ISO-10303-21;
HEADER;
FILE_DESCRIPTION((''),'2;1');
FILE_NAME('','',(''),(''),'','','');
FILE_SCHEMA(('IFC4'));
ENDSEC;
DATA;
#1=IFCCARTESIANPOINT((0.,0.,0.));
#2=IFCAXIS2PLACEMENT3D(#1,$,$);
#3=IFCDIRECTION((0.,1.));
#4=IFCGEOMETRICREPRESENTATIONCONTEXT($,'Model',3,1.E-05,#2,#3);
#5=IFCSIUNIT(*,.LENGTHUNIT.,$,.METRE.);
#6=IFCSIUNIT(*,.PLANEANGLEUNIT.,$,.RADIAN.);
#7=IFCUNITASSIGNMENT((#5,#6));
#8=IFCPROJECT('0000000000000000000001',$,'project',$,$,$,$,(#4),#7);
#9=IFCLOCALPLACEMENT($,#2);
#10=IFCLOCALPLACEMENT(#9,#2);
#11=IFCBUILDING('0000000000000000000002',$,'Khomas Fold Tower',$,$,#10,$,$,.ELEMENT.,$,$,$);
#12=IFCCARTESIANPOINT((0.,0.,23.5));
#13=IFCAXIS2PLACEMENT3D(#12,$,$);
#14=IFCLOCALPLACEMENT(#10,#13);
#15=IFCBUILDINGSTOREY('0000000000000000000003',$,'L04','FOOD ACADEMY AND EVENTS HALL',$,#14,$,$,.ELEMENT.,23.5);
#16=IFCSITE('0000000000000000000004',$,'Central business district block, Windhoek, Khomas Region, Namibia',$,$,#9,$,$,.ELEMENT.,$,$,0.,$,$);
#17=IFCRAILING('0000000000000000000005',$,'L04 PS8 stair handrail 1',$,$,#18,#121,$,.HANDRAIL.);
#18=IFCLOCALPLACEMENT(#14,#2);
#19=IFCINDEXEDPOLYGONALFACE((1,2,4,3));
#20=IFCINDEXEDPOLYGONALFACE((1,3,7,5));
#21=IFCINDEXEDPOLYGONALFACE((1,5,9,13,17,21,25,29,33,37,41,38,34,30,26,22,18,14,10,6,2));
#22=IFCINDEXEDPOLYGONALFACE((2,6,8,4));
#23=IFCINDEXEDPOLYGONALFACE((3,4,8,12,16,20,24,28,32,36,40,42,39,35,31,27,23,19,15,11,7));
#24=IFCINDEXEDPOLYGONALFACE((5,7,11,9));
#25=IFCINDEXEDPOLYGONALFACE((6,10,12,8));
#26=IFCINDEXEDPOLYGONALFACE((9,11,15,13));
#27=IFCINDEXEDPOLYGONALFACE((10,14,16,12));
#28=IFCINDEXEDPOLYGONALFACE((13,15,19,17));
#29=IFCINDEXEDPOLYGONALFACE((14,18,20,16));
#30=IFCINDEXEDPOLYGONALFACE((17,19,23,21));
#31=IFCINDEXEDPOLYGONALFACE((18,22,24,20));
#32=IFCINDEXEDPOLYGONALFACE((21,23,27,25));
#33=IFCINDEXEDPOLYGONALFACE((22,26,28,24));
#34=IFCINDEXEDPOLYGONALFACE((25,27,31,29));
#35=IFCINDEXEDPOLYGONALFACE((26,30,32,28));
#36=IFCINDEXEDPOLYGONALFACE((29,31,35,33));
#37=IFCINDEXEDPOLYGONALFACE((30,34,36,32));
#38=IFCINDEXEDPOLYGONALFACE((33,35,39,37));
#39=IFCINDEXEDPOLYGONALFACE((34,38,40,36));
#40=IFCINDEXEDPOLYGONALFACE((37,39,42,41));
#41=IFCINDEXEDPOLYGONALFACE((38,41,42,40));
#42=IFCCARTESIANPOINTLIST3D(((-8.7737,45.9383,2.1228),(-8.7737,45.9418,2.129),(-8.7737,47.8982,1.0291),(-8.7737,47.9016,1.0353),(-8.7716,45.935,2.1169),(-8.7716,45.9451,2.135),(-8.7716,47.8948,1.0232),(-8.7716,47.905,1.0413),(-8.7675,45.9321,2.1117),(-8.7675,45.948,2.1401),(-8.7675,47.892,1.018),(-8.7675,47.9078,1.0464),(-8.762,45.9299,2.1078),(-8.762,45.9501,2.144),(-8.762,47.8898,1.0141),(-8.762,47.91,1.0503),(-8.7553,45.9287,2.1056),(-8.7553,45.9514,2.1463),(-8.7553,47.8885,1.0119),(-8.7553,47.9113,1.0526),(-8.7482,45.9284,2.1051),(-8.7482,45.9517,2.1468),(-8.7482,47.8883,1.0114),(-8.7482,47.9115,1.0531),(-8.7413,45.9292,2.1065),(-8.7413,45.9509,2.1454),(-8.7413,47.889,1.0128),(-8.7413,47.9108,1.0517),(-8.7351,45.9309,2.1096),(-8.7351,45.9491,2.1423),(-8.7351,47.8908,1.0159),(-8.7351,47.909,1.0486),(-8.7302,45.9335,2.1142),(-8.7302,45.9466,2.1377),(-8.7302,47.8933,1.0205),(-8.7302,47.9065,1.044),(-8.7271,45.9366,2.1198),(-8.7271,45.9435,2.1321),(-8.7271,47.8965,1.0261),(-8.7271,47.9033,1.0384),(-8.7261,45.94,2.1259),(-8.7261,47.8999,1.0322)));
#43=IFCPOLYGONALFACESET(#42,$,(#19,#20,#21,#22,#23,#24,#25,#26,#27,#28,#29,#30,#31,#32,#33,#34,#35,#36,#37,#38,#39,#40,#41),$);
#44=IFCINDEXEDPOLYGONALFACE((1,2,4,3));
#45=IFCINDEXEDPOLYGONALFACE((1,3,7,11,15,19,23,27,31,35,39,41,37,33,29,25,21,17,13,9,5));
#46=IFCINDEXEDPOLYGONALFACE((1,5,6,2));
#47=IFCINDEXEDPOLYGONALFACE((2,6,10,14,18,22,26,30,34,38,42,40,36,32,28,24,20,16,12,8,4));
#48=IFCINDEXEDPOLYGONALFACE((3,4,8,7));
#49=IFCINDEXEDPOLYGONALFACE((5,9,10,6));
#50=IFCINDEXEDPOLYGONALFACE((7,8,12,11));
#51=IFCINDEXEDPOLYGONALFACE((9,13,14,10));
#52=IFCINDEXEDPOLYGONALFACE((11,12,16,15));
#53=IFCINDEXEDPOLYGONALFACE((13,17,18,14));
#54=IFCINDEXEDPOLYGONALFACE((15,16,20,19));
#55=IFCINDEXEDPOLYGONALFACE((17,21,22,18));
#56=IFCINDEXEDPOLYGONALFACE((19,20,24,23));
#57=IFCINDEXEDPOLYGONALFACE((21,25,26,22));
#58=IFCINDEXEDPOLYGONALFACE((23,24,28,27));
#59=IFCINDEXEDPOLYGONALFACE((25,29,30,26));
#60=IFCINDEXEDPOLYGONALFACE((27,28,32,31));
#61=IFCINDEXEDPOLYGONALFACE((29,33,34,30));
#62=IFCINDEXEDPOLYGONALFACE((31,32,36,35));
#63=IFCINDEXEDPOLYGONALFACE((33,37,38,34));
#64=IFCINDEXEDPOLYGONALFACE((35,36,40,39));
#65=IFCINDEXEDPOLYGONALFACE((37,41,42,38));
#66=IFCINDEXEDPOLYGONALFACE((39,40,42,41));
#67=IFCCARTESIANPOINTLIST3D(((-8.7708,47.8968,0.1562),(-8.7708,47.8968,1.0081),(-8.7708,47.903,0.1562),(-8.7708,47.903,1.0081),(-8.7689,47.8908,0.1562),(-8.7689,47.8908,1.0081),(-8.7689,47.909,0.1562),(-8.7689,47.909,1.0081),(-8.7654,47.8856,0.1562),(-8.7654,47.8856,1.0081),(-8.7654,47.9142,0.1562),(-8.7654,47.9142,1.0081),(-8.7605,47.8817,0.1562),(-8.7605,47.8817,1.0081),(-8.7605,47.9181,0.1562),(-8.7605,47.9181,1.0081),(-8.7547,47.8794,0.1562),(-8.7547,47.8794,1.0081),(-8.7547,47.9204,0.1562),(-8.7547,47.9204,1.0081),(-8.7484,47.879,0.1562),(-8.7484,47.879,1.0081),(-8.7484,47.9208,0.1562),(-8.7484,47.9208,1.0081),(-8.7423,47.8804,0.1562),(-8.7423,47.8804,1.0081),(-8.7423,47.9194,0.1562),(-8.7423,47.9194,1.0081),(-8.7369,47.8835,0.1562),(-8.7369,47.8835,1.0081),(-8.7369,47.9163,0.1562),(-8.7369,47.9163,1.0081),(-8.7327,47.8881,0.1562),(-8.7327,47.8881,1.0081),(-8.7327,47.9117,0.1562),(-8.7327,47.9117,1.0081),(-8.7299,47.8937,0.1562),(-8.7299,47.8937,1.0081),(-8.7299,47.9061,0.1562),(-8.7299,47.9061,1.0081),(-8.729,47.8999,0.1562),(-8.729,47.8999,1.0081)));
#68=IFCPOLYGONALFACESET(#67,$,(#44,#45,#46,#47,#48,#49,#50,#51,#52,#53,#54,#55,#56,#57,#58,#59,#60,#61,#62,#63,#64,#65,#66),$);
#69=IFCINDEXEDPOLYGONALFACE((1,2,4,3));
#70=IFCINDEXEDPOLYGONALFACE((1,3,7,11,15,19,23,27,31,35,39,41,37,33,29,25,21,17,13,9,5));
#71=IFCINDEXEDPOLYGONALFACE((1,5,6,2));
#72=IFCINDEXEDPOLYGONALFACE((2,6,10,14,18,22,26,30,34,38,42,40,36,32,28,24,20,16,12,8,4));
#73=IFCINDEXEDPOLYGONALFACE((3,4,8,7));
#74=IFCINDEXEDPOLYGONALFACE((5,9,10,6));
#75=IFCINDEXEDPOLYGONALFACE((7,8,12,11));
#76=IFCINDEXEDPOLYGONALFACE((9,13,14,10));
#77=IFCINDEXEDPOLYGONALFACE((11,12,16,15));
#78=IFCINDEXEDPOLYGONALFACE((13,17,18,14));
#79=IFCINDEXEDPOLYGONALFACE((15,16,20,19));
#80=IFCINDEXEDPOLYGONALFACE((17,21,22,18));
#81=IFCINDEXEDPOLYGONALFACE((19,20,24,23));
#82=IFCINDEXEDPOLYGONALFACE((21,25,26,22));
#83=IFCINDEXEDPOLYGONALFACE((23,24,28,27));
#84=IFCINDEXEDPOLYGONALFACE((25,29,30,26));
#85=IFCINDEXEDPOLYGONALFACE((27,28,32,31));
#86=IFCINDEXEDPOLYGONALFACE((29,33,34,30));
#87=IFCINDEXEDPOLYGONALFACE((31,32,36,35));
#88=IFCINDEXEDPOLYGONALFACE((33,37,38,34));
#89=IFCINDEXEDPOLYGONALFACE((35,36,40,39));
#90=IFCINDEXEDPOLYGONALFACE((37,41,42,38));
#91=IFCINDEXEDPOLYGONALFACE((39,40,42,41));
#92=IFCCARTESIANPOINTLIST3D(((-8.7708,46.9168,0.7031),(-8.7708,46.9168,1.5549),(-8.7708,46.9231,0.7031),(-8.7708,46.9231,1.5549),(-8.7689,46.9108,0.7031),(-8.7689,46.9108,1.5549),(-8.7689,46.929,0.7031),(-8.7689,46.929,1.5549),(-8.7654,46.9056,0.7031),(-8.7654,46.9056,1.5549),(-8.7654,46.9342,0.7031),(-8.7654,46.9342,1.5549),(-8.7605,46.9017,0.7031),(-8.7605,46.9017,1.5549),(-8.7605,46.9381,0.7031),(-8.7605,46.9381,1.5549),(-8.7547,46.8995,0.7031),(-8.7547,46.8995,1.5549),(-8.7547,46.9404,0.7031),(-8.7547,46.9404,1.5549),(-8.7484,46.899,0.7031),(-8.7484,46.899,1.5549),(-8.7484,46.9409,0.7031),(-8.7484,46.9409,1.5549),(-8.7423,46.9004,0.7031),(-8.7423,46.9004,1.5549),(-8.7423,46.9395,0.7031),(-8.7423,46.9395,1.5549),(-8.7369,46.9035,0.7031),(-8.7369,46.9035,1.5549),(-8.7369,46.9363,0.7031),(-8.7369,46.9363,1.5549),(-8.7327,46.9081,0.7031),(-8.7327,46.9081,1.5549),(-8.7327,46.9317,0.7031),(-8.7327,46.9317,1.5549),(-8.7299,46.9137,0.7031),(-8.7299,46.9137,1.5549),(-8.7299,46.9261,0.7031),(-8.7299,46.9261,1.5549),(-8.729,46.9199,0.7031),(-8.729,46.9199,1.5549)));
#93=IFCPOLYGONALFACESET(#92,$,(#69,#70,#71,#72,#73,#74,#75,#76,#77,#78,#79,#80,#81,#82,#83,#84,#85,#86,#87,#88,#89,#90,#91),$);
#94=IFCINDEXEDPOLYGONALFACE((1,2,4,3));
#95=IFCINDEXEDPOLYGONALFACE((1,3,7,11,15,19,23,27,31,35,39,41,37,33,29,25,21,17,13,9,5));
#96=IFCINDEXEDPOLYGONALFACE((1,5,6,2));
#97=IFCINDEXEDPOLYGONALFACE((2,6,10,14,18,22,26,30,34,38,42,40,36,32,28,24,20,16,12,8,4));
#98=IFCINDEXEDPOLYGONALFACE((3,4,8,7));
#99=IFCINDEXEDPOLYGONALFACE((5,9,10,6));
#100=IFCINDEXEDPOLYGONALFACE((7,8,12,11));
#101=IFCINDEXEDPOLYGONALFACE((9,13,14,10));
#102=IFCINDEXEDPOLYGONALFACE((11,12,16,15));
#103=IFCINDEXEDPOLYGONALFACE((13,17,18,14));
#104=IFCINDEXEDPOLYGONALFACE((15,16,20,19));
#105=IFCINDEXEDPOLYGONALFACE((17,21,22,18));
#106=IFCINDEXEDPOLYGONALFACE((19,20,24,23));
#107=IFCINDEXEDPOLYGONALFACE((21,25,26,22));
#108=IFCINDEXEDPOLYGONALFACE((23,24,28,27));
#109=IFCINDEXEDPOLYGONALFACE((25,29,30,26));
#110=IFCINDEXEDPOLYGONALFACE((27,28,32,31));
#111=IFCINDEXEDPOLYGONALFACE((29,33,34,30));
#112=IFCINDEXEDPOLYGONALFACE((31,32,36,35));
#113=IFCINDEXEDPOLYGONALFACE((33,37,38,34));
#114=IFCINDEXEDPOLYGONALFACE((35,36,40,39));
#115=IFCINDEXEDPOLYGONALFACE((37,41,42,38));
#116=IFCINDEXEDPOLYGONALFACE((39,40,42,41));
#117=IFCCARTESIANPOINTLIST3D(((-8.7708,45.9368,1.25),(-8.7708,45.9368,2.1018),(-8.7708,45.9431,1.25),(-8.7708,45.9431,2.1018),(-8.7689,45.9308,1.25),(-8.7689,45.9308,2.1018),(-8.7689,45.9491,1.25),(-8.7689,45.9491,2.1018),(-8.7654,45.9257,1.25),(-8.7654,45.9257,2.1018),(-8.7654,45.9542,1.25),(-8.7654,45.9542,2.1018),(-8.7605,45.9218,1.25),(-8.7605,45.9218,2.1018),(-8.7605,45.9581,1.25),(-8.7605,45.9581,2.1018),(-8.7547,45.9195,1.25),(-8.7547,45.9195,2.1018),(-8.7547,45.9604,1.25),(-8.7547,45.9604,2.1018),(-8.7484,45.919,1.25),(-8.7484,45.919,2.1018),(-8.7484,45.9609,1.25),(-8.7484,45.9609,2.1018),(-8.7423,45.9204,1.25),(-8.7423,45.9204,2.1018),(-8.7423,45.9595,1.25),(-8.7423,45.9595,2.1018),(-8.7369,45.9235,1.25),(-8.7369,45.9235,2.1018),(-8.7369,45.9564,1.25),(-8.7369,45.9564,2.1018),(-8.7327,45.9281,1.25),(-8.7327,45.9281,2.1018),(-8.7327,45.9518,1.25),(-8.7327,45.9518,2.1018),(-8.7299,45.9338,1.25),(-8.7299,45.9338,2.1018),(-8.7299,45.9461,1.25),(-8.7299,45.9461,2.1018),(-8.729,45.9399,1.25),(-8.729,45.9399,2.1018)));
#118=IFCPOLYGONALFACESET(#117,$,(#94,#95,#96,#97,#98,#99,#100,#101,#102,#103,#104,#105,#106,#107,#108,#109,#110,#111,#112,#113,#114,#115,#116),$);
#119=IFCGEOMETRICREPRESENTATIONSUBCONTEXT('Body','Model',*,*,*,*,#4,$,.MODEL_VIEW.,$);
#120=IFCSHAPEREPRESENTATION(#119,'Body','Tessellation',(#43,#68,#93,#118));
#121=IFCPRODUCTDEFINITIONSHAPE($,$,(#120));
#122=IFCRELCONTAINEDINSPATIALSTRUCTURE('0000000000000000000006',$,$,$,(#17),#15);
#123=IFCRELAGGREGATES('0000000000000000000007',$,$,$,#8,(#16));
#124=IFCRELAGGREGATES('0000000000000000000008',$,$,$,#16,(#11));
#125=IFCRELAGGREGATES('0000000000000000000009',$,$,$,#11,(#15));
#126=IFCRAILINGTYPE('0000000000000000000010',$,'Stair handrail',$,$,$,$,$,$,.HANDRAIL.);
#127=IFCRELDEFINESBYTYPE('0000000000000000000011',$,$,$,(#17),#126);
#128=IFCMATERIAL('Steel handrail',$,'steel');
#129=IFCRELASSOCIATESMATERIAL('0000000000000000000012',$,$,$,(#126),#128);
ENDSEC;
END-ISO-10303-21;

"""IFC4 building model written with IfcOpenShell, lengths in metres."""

from ifc_helpers import new_model, si_unit, direction, frame, origin, origin_2d, place, context, subcontext, project, spatial, circle, extrude, source, transform, mapped, material, type_object, element, save


model = new_model("IFC4")

# Units and contexts
model_context = context("Model", 3, precision=1e-05, world=origin(), true_north=direction((0.0, 1.0)))
body_context = subcontext(model_context, "Body", "Model", "MODEL_VIEW")
ifc_project = project(units=[si_unit("LENGTHUNIT", "METRE"), si_unit("PLANEANGLEUNIT", "RADIAN")], contexts=[model_context])

# Site, building, storey
site_placement = place(None, origin())
site = spatial("IfcSite", under=ifc_project, at=site_placement, Name="Central business district block, Windhoek, Khomas Region, Namibia", CompositionType="ELEMENT", RefElevation=0.0)
building_placement = place(site_placement, origin())
building = spatial("IfcBuilding", under=site, at=building_placement, Name="Khomas Fold Tower", CompositionType="ELEMENT")
storey_placement = place(building_placement, frame((0.0, 0.0, 23.5)))
storey = spatial("IfcBuildingStorey", under=building, at=storey_placement, Name="L04", Description="FOOD ACADEMY AND EVENTS HALL", CompositionType="ELEMENT", Elevation=23.5)

# Railing
ifc_material_1 = material(Name="Steel handrail", Category="steel")
railing_type_1 = type_object("IfcRailingType", Name="Stair handrail", PredefinedType="HANDRAIL", material=ifc_material_1)
shared_shape_1 = source(origin(), body_context, "Body", "SweptSolid", [
    extrude(circle(Radius=0.0239, at=origin_2d()), frame((0.0, 0.0, 0.876), z_axis=(0.0, -0.873232, 0.487304), x_axis=(1.0, 0.0, 0.0)), (0.0, 0.0, 1.0), 2.2444),
    extrude(circle(Radius=0.021, at=origin_2d()), origin(), (0.0, 0.0, 1.0), 0.8518),
    extrude(circle(Radius=0.021, at=origin_2d()), frame((0.0, -0.98, 0.5469)), (0.0, 0.0, 1.0), 0.8518),
    extrude(circle(Radius=0.021, at=origin_2d()), frame((0.0, -1.96, 1.0938)), (0.0, 0.0, 1.0), 0.8518),
])
for number, where, name in (
    (1, (-8.75, 47.8999, 0.1562), "L04 PS8 stair handrail 1"),
):
    element("IfcRailing", number, at=place(storey_placement, frame(where)), inside=storey, type_object=railing_type_1, Name=name, PredefinedType="HANDRAIL", context=body_context, shape_type="MappedRepresentation", body=[
        mapped(shared_shape_1, transform((0.0, 0.0, 0.0))),
    ])

save(model, "model.ifc")
